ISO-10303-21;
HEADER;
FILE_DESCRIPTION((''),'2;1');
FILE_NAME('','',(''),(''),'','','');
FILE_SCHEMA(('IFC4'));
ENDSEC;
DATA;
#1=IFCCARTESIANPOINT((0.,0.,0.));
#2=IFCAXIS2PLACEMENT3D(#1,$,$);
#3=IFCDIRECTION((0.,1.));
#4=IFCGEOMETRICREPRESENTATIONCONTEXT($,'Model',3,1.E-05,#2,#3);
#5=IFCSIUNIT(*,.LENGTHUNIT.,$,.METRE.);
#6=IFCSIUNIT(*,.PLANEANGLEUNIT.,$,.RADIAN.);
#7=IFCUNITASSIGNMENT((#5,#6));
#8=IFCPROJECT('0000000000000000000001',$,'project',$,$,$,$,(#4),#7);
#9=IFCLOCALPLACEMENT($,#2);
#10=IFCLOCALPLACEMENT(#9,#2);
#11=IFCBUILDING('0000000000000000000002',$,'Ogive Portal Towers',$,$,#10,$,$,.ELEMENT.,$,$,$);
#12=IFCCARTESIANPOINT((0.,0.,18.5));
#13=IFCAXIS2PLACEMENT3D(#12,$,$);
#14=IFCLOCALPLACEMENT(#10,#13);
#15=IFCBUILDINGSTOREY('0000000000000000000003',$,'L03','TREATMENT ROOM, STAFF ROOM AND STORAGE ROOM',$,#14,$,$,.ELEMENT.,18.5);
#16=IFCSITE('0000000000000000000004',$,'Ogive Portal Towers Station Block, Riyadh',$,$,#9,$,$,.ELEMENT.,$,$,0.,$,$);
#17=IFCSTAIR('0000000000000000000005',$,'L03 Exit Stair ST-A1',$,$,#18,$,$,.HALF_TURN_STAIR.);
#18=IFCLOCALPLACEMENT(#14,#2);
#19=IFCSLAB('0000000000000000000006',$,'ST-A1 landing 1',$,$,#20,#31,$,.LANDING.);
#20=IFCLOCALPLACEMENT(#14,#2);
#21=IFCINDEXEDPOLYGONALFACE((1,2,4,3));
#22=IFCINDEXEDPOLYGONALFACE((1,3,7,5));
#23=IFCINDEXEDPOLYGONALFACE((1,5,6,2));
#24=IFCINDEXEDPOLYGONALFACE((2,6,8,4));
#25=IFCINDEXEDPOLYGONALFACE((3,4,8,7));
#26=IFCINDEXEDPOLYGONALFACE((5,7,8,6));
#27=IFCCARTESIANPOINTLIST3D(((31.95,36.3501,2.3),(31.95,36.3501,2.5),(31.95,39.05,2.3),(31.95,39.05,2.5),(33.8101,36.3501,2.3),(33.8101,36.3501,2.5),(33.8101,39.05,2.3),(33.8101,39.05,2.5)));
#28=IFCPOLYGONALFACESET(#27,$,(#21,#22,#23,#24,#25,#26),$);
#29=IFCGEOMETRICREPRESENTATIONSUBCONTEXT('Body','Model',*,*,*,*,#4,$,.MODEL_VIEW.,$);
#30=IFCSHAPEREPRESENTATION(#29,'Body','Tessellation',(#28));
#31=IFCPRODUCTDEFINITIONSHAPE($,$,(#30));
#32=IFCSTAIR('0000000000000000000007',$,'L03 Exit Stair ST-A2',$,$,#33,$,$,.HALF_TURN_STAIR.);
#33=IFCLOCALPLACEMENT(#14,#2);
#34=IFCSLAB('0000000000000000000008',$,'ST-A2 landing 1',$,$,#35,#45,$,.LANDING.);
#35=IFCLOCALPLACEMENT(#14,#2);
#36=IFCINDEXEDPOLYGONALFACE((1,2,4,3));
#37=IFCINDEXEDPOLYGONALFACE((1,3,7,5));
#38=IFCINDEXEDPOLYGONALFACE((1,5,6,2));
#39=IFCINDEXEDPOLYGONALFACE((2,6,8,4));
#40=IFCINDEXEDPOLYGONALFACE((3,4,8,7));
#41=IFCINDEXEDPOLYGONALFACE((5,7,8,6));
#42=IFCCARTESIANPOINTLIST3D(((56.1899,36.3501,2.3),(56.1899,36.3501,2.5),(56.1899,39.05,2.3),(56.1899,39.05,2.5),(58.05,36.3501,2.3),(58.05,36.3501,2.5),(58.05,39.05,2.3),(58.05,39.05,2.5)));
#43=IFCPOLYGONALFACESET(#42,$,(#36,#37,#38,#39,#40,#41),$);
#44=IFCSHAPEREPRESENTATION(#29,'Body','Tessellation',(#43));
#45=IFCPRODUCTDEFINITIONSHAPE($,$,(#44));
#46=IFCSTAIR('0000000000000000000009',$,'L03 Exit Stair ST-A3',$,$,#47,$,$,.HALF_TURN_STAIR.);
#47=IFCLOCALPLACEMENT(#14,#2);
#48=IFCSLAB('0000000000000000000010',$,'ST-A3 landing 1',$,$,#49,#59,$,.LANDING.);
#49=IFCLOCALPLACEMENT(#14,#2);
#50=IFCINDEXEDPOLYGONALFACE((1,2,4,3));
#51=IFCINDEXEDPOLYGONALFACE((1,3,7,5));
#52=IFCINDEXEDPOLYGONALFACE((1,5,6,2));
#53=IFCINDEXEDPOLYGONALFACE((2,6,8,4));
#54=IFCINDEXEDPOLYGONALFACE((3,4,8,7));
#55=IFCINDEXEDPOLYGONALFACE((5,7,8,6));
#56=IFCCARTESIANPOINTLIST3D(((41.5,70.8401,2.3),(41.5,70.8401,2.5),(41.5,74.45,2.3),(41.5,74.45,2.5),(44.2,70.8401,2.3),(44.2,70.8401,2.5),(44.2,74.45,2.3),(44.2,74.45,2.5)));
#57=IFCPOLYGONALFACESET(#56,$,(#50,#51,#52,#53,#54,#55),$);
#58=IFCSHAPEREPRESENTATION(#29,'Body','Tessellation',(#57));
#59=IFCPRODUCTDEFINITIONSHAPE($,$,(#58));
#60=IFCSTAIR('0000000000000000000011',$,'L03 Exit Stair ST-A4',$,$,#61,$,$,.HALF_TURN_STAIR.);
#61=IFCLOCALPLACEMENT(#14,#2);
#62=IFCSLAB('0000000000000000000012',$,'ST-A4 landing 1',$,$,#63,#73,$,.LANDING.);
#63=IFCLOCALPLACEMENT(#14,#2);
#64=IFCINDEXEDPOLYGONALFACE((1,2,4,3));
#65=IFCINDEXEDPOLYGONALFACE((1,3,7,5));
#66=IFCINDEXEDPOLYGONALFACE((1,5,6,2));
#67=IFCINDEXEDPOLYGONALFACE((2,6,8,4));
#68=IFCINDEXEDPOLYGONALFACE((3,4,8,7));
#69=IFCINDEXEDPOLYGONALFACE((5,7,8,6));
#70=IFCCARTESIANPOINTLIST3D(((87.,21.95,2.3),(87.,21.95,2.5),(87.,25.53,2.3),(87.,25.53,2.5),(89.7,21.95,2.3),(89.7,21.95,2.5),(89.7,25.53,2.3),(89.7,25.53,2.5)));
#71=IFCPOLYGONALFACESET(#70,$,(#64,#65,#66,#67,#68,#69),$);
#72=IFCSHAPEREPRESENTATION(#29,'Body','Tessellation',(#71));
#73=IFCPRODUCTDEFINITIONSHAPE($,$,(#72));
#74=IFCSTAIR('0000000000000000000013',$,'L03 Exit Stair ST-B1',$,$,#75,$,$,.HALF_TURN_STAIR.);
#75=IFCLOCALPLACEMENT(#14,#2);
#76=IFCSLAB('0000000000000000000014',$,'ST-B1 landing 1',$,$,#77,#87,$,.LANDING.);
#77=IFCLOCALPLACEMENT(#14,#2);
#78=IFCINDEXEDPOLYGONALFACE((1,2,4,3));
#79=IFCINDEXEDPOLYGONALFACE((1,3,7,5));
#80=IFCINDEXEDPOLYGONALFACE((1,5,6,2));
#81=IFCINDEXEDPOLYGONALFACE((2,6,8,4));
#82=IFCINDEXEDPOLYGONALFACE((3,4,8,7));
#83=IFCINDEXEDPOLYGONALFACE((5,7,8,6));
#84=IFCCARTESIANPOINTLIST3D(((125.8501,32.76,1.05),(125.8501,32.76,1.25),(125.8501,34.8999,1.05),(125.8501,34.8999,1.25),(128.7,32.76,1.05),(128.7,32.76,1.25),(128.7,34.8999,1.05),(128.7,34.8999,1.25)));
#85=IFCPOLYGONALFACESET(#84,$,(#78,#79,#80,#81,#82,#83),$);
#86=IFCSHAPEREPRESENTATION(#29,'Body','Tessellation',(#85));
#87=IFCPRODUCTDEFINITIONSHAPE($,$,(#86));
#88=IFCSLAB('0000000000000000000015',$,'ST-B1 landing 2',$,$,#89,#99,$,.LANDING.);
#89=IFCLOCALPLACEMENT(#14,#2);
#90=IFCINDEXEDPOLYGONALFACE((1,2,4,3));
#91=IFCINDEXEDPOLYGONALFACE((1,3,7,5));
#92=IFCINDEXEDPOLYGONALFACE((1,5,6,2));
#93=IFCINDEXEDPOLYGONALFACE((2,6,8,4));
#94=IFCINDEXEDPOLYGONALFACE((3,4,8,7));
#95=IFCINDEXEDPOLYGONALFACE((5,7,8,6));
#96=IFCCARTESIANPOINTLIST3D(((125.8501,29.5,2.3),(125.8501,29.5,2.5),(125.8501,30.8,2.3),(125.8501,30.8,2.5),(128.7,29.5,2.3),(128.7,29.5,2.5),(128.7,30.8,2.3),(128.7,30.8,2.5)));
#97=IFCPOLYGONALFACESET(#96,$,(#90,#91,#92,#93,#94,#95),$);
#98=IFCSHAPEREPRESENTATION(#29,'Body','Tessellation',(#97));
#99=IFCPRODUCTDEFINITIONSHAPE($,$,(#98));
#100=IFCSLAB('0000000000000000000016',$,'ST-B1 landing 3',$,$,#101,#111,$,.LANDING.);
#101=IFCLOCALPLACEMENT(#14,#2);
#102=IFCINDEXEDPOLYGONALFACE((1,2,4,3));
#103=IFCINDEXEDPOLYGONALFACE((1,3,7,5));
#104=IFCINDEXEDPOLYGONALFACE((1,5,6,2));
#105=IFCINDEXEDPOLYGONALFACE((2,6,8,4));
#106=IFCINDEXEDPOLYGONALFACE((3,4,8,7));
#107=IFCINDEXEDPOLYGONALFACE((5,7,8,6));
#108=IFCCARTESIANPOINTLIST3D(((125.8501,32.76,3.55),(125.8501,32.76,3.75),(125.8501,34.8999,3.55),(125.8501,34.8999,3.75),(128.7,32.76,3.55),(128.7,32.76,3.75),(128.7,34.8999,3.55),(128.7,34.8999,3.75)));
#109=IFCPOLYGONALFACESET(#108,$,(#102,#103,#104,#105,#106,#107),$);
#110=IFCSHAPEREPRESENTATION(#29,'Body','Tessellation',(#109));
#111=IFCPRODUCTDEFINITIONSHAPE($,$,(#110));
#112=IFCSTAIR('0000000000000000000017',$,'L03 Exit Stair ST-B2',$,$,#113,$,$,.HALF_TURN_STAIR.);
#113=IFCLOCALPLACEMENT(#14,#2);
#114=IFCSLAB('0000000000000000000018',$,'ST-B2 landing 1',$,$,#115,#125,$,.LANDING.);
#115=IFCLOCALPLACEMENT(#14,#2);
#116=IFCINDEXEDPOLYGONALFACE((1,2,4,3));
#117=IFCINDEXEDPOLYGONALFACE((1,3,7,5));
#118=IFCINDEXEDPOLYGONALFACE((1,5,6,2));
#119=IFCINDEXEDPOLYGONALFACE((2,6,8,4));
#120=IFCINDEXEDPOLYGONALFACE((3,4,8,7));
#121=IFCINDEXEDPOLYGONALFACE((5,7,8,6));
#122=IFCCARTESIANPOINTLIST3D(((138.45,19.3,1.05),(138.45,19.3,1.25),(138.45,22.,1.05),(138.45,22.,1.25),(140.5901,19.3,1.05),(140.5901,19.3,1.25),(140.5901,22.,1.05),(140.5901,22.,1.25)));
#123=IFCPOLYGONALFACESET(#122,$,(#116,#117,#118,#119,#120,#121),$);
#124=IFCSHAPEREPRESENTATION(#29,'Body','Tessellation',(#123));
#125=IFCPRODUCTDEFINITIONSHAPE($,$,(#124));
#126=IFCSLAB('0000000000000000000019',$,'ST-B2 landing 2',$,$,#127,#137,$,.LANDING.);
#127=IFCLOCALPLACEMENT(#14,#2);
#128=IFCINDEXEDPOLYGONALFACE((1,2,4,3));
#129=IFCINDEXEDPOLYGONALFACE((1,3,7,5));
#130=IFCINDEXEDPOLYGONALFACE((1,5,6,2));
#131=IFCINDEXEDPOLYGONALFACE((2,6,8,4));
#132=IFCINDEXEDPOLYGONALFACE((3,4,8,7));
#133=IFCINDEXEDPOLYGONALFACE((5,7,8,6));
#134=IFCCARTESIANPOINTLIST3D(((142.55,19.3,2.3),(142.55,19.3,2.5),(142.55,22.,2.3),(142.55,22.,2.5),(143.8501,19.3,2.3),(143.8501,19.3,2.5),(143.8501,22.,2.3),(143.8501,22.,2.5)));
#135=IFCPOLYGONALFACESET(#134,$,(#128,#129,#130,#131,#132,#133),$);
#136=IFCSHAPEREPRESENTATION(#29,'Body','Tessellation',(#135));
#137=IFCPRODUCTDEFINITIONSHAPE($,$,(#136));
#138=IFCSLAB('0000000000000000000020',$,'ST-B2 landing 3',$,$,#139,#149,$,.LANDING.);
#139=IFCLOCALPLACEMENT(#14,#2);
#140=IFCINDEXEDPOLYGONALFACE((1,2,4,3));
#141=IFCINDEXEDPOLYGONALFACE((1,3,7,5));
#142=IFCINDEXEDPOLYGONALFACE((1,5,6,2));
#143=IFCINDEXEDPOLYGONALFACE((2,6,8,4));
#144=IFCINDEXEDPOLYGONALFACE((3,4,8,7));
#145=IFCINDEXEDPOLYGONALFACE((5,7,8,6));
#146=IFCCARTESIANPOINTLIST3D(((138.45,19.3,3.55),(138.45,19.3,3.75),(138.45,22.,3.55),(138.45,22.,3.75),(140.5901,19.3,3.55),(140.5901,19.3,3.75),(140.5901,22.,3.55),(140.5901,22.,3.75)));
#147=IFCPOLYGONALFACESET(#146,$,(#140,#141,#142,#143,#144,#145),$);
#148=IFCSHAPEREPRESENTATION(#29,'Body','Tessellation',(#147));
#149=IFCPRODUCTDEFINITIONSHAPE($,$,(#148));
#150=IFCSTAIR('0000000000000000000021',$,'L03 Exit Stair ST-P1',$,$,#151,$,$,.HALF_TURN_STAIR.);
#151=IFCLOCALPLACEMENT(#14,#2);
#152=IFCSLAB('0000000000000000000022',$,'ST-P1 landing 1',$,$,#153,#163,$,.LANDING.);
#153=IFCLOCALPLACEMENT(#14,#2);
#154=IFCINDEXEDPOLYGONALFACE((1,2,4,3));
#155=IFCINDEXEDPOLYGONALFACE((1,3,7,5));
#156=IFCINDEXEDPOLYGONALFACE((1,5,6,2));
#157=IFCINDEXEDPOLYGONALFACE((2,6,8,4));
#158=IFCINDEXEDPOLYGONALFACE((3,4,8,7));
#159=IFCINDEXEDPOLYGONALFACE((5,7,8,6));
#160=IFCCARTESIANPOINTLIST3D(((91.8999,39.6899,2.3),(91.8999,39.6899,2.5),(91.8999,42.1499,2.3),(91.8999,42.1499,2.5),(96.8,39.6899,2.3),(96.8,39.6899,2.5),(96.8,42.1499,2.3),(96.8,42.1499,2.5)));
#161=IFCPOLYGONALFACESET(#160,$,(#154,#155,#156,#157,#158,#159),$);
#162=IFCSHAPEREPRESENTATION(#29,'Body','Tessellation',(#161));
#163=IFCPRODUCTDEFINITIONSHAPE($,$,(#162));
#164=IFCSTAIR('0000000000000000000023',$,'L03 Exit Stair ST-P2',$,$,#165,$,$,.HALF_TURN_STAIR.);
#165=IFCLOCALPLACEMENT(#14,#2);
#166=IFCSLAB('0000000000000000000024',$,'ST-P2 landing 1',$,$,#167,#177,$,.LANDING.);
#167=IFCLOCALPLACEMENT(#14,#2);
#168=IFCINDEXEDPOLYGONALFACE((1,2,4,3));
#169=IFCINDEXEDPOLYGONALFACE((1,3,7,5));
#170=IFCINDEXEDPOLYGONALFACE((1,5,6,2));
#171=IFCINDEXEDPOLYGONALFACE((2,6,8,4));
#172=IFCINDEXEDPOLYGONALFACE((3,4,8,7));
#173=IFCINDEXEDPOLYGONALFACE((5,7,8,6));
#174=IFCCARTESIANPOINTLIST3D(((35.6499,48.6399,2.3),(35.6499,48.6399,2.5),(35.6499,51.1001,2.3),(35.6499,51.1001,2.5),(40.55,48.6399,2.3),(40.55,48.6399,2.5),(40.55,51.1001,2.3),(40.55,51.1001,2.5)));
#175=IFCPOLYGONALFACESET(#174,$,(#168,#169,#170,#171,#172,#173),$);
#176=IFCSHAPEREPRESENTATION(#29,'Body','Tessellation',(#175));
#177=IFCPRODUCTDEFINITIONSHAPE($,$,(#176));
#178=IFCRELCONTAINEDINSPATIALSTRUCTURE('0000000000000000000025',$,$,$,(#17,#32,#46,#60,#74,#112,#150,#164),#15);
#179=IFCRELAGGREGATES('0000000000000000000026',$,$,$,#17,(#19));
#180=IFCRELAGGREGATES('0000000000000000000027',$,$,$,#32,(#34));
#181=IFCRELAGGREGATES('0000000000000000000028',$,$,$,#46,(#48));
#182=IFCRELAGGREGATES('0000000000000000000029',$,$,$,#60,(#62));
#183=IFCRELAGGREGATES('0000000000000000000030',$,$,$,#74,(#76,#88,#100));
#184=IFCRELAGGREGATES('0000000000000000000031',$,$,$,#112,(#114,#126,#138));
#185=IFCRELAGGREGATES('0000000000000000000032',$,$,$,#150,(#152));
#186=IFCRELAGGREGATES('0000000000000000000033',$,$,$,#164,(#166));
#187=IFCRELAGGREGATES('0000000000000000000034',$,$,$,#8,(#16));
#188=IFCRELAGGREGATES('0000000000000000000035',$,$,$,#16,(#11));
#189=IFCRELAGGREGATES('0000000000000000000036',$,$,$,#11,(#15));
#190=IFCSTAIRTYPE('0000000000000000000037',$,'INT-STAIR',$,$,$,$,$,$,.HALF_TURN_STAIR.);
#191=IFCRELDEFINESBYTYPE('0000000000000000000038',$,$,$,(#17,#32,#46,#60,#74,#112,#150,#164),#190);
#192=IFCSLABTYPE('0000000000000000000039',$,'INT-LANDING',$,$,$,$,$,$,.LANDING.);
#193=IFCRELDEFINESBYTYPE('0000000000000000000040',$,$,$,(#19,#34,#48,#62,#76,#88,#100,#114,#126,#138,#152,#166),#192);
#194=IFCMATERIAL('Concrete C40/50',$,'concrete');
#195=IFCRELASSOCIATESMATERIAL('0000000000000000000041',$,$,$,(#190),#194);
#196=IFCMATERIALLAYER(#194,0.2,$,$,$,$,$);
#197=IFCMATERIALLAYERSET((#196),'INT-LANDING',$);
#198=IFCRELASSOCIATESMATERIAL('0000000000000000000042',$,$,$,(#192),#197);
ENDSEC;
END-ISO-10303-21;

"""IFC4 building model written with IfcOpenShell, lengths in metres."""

from ifc_helpers import new_model, si_unit, direction, frame, origin, place, context, subcontext, project, spatial, polyline, outline, extrude, material, layer, layer_set, type_object, element, aggregate, save


model = new_model("IFC4")

# Units and contexts
model_context = context("Model", 3, precision=1e-05, world=origin(), true_north=direction((0.0, 1.0)))
body_context = subcontext(model_context, "Body", "Model", "MODEL_VIEW")
ifc_project = project(units=[si_unit("LENGTHUNIT", "METRE"), si_unit("PLANEANGLEUNIT", "RADIAN")], contexts=[model_context])

# Site, building, storey
site_placement = place(None, origin())
site = spatial("IfcSite", under=ifc_project, at=site_placement, Name="Ogive Portal Towers Station Block, Riyadh", CompositionType="ELEMENT", RefElevation=0.0)
building_placement = place(site_placement, origin())
building = spatial("IfcBuilding", under=site, at=building_placement, Name="Ogive Portal Towers", CompositionType="ELEMENT")
storey_placement = place(building_placement, frame((0.0, 0.0, 18.5)))
storey = spatial("IfcBuildingStorey", under=building, at=storey_placement, Name="L03", Description="TREATMENT ROOM, STAFF ROOM AND STORAGE ROOM", CompositionType="ELEMENT", Elevation=18.5)

# Stairs, slabs
ifc_material_1 = material(Name="Concrete C40/50", Category="concrete")
stair_type = type_object("IfcStairType", Name="INT-STAIR", PredefinedType="HALF_TURN_STAIR", material=ifc_material_1)
stair_1_placement = place(storey_placement, origin())
stair_1 = element("IfcStair", 1, at=stair_1_placement, inside=storey, type_object=stair_type, Name="L03 Exit Stair ST-A1", PredefinedType="HALF_TURN_STAIR")
ifc_layer_1 = layer(ifc_material_1, 0.2)
ifc_layer_set_1 = layer_set([ifc_layer_1], Name="INT-LANDING")
slab_type_1 = type_object("IfcSlabType", Name="INT-LANDING", PredefinedType="LANDING", material=ifc_layer_set_1)
slab_1_placement = place(storey_placement, frame((0.0, 0.0, 2.3)))
slab_1 = element("IfcSlab", 2, at=slab_1_placement, type_object=slab_type_1, Name="ST-A1 landing 1", PredefinedType="LANDING", context=body_context, shape_type="SweptSolid", body=[
    extrude(outline(polyline([(33.8101, 39.05), (31.95, 39.05), (31.95, 36.3501), (33.8101, 36.3501), (33.8101, 39.05)])), origin(), (0.0, 0.0, 1.0), 0.2),
])
aggregate(stair_1, [slab_1])
stair_2_placement = place(storey_placement, origin())
stair_2 = element("IfcStair", 3, at=stair_2_placement, inside=storey, type_object=stair_type, Name="L03 Exit Stair ST-A2", PredefinedType="HALF_TURN_STAIR")
slab_2_placement = place(storey_placement, frame((0.0, 0.0, 2.3)))
slab_2 = element("IfcSlab", 4, at=slab_2_placement, type_object=slab_type_1, Name="ST-A2 landing 1", PredefinedType="LANDING", context=body_context, shape_type="SweptSolid", body=[
    extrude(outline(polyline([(56.1899, 36.3501), (58.05, 36.3501), (58.05, 39.05), (56.1899, 39.05), (56.1899, 36.3501)])), origin(), (0.0, 0.0, 1.0), 0.2),
])
aggregate(stair_2, [slab_2])
stair_3_placement = place(storey_placement, origin())
stair_3 = element("IfcStair", 5, at=stair_3_placement, inside=storey, type_object=stair_type, Name="L03 Exit Stair ST-A3", PredefinedType="HALF_TURN_STAIR")
slab_3_placement = place(storey_placement, frame((0.0, 0.0, 2.3)))
slab_3 = element("IfcSlab", 6, at=slab_3_placement, type_object=slab_type_1, Name="ST-A3 landing 1", PredefinedType="LANDING", context=body_context, shape_type="SweptSolid", body=[
    extrude(outline(polyline([(44.2, 70.8401), (44.2, 74.45), (41.5, 74.45), (41.5, 70.8401), (44.2, 70.8401)])), origin(), (0.0, 0.0, 1.0), 0.2),
])
aggregate(stair_3, [slab_3])
stair_4_placement = place(storey_placement, origin())
stair_4 = element("IfcStair", 7, at=stair_4_placement, inside=storey, type_object=stair_type, Name="L03 Exit Stair ST-A4", PredefinedType="HALF_TURN_STAIR")
slab_4_placement = place(storey_placement, frame((0.0, 0.0, 2.3)))
slab_4 = element("IfcSlab", 8, at=slab_4_placement, type_object=slab_type_1, Name="ST-A4 landing 1", PredefinedType="LANDING", context=body_context, shape_type="SweptSolid", body=[
    extrude(outline(polyline([(87.0, 25.53), (87.0, 21.95), (89.7, 21.95), (89.7, 25.53), (87.0, 25.53)])), origin(), (0.0, 0.0, 1.0), 0.2),
])
aggregate(stair_4, [slab_4])

# Stairs, slabs
stair_5_placement = place(storey_placement, origin())
stair_5 = element("IfcStair", 9, at=stair_5_placement, inside=storey, type_object=stair_type, Name="L03 Exit Stair ST-B1", PredefinedType="HALF_TURN_STAIR")
slab_5_placement = place(storey_placement, frame((0.0, 0.0, 1.05)))
slab_5 = element("IfcSlab", 10, at=slab_5_placement, type_object=slab_type_1, Name="ST-B1 landing 1", PredefinedType="LANDING", context=body_context, shape_type="SweptSolid", body=[
    extrude(outline(polyline([(128.7, 32.76), (128.7, 34.8999), (125.8501, 34.8999), (125.8501, 32.76), (128.7, 32.76)])), origin(), (0.0, 0.0, 1.0), 0.2),
])
slab_6_placement = place(storey_placement, frame((0.0, 0.0, 2.3)))
slab_6 = element("IfcSlab", 11, at=slab_6_placement, type_object=slab_type_1, Name="ST-B1 landing 2", PredefinedType="LANDING", context=body_context, shape_type="SweptSolid", body=[
    extrude(outline(polyline([(128.7, 29.5), (128.7, 30.8), (125.8501, 30.8), (125.8501, 29.5), (128.7, 29.5)])), origin(), (0.0, 0.0, 1.0), 0.2),
])
slab_7_placement = place(storey_placement, frame((0.0, 0.0, 3.55)))
slab_7 = element("IfcSlab", 12, at=slab_7_placement, type_object=slab_type_1, Name="ST-B1 landing 3", PredefinedType="LANDING", context=body_context, shape_type="SweptSolid", body=[
    extrude(outline(polyline([(128.7, 32.76), (128.7, 34.8999), (125.8501, 34.8999), (125.8501, 32.76), (128.7, 32.76)])), origin(), (0.0, 0.0, 1.0), 0.2),
])
aggregate(stair_5, [slab_5, slab_6, slab_7])
stair_6_placement = place(storey_placement, origin())
stair_6 = element("IfcStair", 13, at=stair_6_placement, inside=storey, type_object=stair_type, Name="L03 Exit Stair ST-B2", PredefinedType="HALF_TURN_STAIR")
slab_8_placement = place(storey_placement, frame((0.0, 0.0, 1.05)))
slab_8 = element("IfcSlab", 14, at=slab_8_placement, type_object=slab_type_1, Name="ST-B2 landing 1", PredefinedType="LANDING", context=body_context, shape_type="SweptSolid", body=[
    extrude(outline(polyline([(140.5901, 22.0), (138.45, 22.0), (138.45, 19.3), (140.5901, 19.3), (140.5901, 22.0)])), origin(), (0.0, 0.0, 1.0), 0.2),
])
slab_9_placement = place(storey_placement, frame((0.0, 0.0, 2.3)))
slab_9 = element("IfcSlab", 15, at=slab_9_placement, type_object=slab_type_1, Name="ST-B2 landing 2", PredefinedType="LANDING", context=body_context, shape_type="SweptSolid", body=[
    extrude(outline(polyline([(143.8501, 22.0), (142.55, 22.0), (142.55, 19.3), (143.8501, 19.3), (143.8501, 22.0)])), origin(), (0.0, 0.0, 1.0), 0.2),
])
slab_10_placement = place(storey_placement, frame((0.0, 0.0, 3.55)))
slab_10 = element("IfcSlab", 16, at=slab_10_placement, type_object=slab_type_1, Name="ST-B2 landing 3", PredefinedType="LANDING", context=body_context, shape_type="SweptSolid", body=[
    extrude(outline(polyline([(140.5901, 22.0), (138.45, 22.0), (138.45, 19.3), (140.5901, 19.3), (140.5901, 22.0)])), origin(), (0.0, 0.0, 1.0), 0.2),
])
aggregate(stair_6, [slab_8, slab_9, slab_10])

# Stairs, slabs
stair_7_placement = place(storey_placement, origin())
stair_7 = element("IfcStair", 17, at=stair_7_placement, inside=storey, type_object=stair_type, Name="L03 Exit Stair ST-P1", PredefinedType="HALF_TURN_STAIR")
slab_11_placement = place(storey_placement, frame((0.0, 0.0, 2.3)))
slab_11 = element("IfcSlab", 18, at=slab_11_placement, type_object=slab_type_1, Name="ST-P1 landing 1", PredefinedType="LANDING", context=body_context, shape_type="SweptSolid", body=[
    extrude(outline(polyline([(96.8, 39.6899), (96.8, 42.1499), (91.8999, 42.1499), (91.8999, 39.6899), (96.8, 39.6899)])), origin(), (0.0, 0.0, 1.0), 0.2),
])
aggregate(stair_7, [slab_11])
stair_8_placement = place(storey_placement, origin())
stair_8 = element("IfcStair", 19, at=stair_8_placement, inside=storey, type_object=stair_type, Name="L03 Exit Stair ST-P2", PredefinedType="HALF_TURN_STAIR")
slab_12_placement = place(storey_placement, frame((0.0, 0.0, 2.3)))
slab_12 = element("IfcSlab", 20, at=slab_12_placement, type_object=slab_type_1, Name="ST-P2 landing 1", PredefinedType="LANDING", context=body_context, shape_type="SweptSolid", body=[
    extrude(outline(polyline([(40.55, 48.6399), (40.55, 51.1001), (35.6499, 51.1001), (35.6499, 48.6399), (40.55, 48.6399)])), origin(), (0.0, 0.0, 1.0), 0.2),
])
aggregate(stair_8, [slab_12])

save(model, "model.ifc")
